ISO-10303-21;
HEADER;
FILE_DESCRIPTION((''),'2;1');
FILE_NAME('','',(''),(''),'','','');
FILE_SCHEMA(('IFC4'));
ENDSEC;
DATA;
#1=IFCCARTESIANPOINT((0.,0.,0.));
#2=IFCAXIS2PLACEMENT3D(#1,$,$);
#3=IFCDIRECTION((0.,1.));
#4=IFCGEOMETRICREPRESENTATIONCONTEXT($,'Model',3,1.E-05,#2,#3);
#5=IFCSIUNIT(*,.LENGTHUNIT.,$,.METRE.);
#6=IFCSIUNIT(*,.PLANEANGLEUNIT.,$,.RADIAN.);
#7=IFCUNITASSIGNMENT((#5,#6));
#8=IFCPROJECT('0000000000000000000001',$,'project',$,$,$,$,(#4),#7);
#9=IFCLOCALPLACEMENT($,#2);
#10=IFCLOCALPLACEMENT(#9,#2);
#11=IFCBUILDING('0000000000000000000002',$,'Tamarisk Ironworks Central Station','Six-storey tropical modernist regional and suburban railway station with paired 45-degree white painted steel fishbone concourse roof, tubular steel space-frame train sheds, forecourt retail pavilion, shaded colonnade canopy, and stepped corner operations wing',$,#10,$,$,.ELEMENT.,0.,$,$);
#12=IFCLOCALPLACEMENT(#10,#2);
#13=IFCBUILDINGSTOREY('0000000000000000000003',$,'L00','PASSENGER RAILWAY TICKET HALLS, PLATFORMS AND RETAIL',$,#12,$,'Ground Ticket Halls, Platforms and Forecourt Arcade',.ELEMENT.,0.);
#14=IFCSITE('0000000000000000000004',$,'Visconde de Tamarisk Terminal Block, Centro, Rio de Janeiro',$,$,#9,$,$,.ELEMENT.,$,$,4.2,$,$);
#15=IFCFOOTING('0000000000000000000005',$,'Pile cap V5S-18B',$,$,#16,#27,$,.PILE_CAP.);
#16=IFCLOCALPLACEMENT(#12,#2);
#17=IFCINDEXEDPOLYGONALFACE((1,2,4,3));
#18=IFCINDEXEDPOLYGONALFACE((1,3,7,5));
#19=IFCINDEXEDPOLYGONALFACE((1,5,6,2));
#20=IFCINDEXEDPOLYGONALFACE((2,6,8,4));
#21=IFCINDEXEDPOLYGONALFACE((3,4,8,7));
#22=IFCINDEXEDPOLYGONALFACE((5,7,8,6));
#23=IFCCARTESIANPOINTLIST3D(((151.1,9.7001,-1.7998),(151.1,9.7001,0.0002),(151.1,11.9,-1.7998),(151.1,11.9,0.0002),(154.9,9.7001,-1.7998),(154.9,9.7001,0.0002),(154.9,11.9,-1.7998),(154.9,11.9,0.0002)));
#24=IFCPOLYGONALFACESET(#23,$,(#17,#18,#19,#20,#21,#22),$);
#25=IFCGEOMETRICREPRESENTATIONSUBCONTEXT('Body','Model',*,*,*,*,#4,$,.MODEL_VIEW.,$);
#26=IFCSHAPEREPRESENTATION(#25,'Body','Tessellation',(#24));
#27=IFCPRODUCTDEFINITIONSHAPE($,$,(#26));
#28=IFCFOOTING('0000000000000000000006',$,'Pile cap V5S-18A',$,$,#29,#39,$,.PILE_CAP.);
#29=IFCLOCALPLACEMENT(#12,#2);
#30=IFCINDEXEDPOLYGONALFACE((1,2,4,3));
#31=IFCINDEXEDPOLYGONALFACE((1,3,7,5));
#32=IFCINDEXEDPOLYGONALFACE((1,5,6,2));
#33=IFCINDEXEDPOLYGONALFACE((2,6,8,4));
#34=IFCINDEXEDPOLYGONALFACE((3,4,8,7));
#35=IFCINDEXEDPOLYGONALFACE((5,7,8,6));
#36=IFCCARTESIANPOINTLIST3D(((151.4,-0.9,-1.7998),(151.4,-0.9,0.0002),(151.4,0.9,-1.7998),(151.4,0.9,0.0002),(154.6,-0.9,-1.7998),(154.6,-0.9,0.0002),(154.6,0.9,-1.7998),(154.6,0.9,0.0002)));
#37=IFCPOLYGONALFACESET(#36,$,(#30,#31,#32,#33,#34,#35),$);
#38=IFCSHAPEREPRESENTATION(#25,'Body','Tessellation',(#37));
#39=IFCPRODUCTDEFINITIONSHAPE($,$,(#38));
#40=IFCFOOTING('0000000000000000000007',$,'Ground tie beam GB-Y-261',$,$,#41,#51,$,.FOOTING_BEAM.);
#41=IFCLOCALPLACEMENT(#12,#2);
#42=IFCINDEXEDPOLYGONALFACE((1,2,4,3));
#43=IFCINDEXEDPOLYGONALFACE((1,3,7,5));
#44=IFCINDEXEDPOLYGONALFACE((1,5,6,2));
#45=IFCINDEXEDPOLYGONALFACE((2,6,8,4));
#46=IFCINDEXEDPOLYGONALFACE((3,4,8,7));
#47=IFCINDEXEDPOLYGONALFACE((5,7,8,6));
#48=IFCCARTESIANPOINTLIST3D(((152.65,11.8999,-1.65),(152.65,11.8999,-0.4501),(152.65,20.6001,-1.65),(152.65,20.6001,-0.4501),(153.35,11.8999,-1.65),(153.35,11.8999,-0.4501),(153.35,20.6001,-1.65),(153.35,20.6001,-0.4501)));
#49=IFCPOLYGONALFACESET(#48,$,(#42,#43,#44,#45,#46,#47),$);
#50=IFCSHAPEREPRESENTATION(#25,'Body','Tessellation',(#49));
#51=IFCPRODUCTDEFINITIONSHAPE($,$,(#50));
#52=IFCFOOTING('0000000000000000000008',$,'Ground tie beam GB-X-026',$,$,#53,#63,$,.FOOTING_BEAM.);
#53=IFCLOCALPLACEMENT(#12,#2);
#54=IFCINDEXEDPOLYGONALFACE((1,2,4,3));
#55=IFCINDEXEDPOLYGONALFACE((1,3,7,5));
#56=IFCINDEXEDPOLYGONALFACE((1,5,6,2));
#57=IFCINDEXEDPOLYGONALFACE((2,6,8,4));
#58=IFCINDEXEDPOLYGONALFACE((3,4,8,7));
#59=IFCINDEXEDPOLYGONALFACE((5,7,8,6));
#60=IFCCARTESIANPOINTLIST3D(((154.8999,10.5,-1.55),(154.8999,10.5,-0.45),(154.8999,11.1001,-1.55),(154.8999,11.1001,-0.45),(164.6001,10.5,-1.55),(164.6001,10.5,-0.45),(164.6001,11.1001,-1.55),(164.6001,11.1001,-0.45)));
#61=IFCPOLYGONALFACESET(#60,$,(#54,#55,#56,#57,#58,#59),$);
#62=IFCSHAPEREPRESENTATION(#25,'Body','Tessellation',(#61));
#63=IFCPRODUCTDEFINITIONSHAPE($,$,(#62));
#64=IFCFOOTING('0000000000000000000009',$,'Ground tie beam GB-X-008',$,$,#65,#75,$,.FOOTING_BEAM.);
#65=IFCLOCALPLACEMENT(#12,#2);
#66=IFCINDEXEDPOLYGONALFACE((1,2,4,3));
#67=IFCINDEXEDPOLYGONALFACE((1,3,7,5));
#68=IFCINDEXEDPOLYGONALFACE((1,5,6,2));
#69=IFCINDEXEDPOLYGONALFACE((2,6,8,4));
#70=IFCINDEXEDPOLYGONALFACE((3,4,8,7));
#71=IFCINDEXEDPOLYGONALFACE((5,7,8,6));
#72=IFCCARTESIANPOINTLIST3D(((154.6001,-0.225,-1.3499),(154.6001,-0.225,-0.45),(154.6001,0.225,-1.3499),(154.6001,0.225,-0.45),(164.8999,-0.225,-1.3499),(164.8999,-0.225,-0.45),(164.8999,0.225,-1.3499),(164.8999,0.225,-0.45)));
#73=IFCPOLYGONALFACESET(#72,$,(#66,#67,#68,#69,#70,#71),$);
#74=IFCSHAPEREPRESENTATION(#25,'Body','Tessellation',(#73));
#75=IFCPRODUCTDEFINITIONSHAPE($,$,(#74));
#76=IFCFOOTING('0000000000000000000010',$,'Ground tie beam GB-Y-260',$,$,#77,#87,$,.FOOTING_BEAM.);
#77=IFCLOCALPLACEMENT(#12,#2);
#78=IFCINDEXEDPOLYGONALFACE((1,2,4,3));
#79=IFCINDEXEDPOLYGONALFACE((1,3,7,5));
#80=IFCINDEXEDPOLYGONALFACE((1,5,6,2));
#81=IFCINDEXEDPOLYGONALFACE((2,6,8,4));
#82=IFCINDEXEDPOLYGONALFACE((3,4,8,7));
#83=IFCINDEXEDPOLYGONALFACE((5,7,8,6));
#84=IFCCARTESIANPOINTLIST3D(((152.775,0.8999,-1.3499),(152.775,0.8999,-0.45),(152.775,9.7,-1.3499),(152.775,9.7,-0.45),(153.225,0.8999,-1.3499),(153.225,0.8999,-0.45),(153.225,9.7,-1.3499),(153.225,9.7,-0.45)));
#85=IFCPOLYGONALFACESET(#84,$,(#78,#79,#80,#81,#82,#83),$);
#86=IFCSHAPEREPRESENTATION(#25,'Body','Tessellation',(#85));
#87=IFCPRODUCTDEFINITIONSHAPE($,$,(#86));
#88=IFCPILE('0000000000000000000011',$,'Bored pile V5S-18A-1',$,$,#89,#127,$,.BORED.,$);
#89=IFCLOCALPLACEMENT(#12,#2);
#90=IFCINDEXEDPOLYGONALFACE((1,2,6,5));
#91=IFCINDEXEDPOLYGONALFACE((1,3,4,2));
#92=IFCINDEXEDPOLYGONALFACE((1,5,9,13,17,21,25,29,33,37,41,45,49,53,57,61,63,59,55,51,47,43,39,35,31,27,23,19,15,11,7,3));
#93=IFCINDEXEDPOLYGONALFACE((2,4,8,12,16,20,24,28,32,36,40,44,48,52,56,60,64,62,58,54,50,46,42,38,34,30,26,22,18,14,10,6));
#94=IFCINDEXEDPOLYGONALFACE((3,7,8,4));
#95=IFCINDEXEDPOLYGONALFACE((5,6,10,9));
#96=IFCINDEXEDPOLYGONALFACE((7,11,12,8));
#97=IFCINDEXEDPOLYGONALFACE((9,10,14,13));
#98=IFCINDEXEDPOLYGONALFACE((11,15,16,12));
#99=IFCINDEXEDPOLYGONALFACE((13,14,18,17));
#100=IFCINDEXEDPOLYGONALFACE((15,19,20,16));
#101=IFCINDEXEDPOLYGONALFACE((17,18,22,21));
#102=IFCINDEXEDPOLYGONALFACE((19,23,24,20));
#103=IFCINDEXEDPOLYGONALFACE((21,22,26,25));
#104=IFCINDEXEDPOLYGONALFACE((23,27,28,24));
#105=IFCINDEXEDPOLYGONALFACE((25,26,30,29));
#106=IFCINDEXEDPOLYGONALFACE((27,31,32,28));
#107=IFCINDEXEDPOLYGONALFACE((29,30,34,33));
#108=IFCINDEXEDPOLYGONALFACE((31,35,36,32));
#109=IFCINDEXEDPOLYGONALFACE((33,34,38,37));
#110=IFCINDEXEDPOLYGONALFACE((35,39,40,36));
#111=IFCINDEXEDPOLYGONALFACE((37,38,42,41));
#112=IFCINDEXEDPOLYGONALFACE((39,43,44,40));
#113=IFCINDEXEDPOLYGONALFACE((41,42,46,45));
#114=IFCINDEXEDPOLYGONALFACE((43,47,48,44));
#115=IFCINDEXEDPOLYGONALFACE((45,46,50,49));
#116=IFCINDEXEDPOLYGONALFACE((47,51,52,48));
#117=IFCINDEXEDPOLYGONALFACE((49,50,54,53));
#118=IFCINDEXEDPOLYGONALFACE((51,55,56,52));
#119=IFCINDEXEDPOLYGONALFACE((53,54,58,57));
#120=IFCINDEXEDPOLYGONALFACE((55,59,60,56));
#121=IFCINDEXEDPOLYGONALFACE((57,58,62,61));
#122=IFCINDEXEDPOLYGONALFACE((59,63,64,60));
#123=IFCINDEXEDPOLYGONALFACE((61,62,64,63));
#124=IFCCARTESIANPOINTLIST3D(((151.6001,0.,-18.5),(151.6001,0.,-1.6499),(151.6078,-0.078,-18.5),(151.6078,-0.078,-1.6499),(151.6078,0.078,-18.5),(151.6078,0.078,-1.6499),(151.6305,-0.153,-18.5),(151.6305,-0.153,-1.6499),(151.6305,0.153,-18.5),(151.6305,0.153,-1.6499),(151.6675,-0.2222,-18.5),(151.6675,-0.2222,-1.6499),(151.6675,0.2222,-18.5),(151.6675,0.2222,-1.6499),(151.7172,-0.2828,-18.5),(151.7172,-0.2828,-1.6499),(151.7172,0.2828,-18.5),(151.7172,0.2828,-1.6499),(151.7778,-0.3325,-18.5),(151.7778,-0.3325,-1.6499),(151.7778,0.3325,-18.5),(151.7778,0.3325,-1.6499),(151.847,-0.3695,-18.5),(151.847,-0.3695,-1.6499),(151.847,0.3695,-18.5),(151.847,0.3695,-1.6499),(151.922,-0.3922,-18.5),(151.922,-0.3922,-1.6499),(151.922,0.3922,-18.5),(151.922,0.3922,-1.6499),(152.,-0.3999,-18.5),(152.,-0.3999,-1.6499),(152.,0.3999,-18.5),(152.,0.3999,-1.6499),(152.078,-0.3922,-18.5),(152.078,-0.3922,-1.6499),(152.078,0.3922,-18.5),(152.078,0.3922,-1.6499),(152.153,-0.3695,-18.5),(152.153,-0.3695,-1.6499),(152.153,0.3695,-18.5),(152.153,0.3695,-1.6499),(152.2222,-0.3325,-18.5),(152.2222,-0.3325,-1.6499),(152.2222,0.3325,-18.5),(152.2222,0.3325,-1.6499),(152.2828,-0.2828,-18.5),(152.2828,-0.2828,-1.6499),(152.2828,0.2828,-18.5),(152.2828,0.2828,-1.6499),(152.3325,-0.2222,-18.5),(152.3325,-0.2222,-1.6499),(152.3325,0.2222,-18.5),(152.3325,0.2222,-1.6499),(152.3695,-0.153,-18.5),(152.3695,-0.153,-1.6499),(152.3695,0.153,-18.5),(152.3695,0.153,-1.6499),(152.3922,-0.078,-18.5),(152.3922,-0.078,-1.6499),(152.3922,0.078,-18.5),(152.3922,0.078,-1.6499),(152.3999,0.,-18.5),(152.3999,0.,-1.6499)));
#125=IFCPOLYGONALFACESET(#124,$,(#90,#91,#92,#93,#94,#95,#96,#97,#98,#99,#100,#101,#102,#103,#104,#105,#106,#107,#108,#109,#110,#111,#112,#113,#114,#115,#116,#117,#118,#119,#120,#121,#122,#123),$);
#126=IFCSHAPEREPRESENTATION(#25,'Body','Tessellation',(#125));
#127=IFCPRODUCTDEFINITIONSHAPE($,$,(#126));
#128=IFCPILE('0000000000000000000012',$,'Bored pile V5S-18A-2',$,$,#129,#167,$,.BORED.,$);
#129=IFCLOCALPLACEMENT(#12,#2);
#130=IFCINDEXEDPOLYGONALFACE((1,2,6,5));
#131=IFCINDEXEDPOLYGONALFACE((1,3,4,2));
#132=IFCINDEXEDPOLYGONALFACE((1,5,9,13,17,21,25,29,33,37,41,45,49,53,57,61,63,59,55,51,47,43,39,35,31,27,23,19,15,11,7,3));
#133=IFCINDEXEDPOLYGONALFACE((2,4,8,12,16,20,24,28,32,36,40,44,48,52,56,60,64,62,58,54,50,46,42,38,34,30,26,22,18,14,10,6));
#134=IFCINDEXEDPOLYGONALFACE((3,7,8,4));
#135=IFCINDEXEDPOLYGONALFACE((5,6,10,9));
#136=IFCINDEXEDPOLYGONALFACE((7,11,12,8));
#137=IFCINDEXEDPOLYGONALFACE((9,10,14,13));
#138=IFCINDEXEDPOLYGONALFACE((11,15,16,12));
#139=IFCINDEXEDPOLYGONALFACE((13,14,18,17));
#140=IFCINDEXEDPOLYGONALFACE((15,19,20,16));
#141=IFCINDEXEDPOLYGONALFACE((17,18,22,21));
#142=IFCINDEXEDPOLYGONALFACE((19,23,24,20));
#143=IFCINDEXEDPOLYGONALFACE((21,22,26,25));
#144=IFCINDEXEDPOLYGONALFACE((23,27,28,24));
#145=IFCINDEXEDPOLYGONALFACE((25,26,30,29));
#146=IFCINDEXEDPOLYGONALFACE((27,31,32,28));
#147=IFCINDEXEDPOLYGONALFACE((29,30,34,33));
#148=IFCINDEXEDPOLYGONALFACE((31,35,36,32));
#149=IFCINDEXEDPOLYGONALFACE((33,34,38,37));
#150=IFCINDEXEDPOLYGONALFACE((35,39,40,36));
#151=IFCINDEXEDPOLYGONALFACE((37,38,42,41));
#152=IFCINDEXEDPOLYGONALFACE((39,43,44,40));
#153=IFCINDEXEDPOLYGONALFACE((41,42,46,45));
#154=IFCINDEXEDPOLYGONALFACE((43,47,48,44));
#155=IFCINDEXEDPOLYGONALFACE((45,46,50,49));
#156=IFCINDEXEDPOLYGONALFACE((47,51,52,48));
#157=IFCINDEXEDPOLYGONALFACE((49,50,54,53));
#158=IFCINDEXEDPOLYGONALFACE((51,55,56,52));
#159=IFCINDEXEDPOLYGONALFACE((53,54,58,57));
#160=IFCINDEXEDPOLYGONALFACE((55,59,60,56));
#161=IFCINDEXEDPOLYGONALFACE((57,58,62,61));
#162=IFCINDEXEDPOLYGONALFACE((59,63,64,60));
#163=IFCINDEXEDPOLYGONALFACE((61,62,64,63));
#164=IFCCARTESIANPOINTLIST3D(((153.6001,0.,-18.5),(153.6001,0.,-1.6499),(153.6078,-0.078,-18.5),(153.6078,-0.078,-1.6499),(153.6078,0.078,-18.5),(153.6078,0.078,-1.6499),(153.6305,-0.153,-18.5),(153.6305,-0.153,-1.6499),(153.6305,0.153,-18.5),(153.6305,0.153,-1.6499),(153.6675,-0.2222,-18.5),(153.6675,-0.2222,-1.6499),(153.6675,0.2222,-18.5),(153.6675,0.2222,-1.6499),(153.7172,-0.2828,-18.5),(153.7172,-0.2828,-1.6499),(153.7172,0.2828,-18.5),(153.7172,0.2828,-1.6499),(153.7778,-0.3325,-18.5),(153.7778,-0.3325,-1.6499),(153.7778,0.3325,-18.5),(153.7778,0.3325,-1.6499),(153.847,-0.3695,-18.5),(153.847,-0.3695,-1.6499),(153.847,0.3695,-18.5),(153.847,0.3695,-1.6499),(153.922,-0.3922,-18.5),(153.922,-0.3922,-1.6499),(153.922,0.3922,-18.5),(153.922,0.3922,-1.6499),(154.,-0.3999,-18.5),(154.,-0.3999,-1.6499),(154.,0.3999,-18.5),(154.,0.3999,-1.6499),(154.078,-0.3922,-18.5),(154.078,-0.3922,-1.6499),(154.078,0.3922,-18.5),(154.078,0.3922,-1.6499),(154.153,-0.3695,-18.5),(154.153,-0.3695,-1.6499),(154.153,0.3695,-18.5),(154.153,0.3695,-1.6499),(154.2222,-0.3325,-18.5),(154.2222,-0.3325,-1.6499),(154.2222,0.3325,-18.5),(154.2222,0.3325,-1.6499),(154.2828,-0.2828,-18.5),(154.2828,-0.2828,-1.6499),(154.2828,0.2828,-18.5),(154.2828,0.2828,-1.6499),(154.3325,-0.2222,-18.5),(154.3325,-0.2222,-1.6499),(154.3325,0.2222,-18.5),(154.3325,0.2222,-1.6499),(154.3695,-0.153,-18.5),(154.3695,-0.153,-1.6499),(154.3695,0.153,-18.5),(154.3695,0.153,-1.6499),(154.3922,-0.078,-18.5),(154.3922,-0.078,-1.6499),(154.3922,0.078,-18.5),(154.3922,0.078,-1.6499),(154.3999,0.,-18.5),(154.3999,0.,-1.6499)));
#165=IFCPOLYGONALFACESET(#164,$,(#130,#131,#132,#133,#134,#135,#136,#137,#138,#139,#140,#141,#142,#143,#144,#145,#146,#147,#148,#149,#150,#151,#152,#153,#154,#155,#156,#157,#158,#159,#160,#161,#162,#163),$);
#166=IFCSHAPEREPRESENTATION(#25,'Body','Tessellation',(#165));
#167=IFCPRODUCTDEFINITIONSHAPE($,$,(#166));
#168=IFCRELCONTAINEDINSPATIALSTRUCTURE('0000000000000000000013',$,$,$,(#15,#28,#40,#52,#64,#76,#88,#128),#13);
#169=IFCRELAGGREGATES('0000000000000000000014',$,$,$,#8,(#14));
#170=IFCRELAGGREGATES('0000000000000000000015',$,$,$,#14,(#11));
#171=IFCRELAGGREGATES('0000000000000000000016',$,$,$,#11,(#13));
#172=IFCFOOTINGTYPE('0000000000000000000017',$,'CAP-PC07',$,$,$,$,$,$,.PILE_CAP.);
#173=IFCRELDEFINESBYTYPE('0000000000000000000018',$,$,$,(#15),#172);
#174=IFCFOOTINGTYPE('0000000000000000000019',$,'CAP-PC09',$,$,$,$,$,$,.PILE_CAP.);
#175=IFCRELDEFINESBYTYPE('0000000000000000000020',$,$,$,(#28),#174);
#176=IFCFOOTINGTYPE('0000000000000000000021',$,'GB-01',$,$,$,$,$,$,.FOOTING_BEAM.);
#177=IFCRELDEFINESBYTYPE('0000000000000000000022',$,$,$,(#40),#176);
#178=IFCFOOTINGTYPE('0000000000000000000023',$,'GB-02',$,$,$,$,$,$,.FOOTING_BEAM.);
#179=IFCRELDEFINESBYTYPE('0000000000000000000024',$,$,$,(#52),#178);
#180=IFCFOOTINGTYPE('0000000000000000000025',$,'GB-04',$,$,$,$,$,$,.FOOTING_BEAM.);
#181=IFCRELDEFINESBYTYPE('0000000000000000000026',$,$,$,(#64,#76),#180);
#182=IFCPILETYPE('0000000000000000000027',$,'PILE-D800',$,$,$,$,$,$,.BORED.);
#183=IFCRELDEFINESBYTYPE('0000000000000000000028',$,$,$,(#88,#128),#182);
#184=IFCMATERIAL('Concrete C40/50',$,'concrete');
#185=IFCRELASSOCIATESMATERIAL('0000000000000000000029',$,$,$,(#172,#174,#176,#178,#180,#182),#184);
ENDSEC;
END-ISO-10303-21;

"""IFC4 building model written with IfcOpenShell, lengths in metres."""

from ifc_helpers import new_model, si_unit, direction, frame, origin, origin_2d, place, context, subcontext, project, spatial, rectangle, circle, extrude, material, material_profile, profile_set, type_object, element, save


model = new_model("IFC4")

# Units and contexts
model_context = context("Model", 3, precision=1e-05, world=origin(), true_north=direction((0.0, 1.0)))
body_context = subcontext(model_context, "Body", "Model", "MODEL_VIEW")
ifc_project = project(units=[si_unit("LENGTHUNIT", "METRE"), si_unit("PLANEANGLEUNIT", "RADIAN")], contexts=[model_context])

# Site, building, storey
site_placement = place(None, origin())
site = spatial("IfcSite", under=ifc_project, at=site_placement, Name="Visconde de Tamarisk Terminal Block, Centro, Rio de Janeiro", CompositionType="ELEMENT", RefElevation=4.2)
building_placement = place(site_placement, origin())
building = spatial("IfcBuilding", under=site, at=building_placement, Name="Tamarisk Ironworks Central Station", Description="Six-storey tropical modernist regional and suburban railway station with paired 45-degree white painted steel fishbone concourse roof, tubular steel space-frame train sheds, forecourt retail pavilion, shaded colonnade canopy, and stepped corner operations wing", CompositionType="ELEMENT", ElevationOfRefHeight=0.0)
storey_placement = place(building_placement, origin())
storey = spatial("IfcBuildingStorey", under=building, at=storey_placement, Name="L00", Description="PASSENGER RAILWAY TICKET HALLS, PLATFORMS AND RETAIL", LongName="Ground Ticket Halls, Platforms and Forecourt Arcade", CompositionType="ELEMENT", Elevation=0.0)

# Footings
ifc_material_1 = material(Name="Concrete C40/50", Category="concrete")
footing_type_1 = type_object("IfcFootingType", Name="CAP-PC07", PredefinedType="PILE_CAP", material=ifc_material_1)
footing_1_placement = place(storey_placement, frame((153.0, 10.8, -1.7998), z_axis=(0.0, 0.0, 1.0), x_axis=(1.0, 0.0, 0.0)))
element("IfcFooting", 1, at=footing_1_placement, inside=storey, type_object=footing_type_1, Name="Pile cap V5S-18B", PredefinedType="PILE_CAP", context=body_context, shape_type="SweptSolid", body=[
    extrude(rectangle(XDim=3.8, YDim=2.2, at=origin_2d()), origin(), (0.0, 0.0, 1.0), 1.8),
])
footing_type_2 = type_object("IfcFootingType", Name="CAP-PC09", PredefinedType="PILE_CAP", material=ifc_material_1)
footing_2_placement = place(storey_placement, frame((153.0, 0.0, -1.7998), z_axis=(0.0, 0.0, 1.0), x_axis=(1.0, 0.0, 0.0)))
element("IfcFooting", 2, at=footing_2_placement, inside=storey, type_object=footing_type_2, Name="Pile cap V5S-18A", PredefinedType="PILE_CAP", context=body_context, shape_type="SweptSolid", body=[
    extrude(rectangle(XDim=3.2, YDim=1.8, at=origin_2d()), origin(), (0.0, 0.0, 1.0), 1.8),
])
ifc_material_profile_1 = material_profile(ifc_material_1, rectangle(XDim=0.7, YDim=1.2, at=origin_2d()), Name="GB01 700x1200")
ifc_profile_set_1 = profile_set([ifc_material_profile_1], Name="Concrete C40/50")
footing_type_3 = type_object("IfcFootingType", Name="GB-01", PredefinedType="FOOTING_BEAM", material=ifc_profile_set_1)
footing_3_placement = place(storey_placement, frame((153.0, 11.8999, -1.05), z_axis=(0.0, 1.0, 0.0), x_axis=(-1.0, 0.0, 0.0)))
element("IfcFooting", 3, at=footing_3_placement, inside=storey, type_object=footing_type_3, Name="Ground tie beam GB-Y-261", PredefinedType="FOOTING_BEAM", context=body_context, shape_type="SweptSolid", body=[
    extrude(rectangle(XDim=0.7, YDim=1.2, at=origin_2d()), origin(), (0.0, 0.0, 1.0), 8.7002),
])
ifc_material_profile_2 = material_profile(ifc_material_1, rectangle(XDim=0.6001, YDim=1.1001, at=origin_2d()), Name="GB02 600x1100")
ifc_profile_set_2 = profile_set([ifc_material_profile_2], Name="Concrete C40/50")
footing_type_4 = type_object("IfcFootingType", Name="GB-02", PredefinedType="FOOTING_BEAM", material=ifc_profile_set_2)
footing_4_placement = place(storey_placement, frame((154.8999, 10.8, -1.0), z_axis=(1.0, 0.0, 0.0), x_axis=(0.0, 1.0, 0.0)))
element("IfcFooting", 4, at=footing_4_placement, inside=storey, type_object=footing_type_4, Name="Ground tie beam GB-X-026", PredefinedType="FOOTING_BEAM", context=body_context, shape_type="SweptSolid", body=[
    extrude(rectangle(XDim=0.6001, YDim=1.1001, at=origin_2d()), origin(), (0.0, 0.0, 1.0), 9.7002),
])
ifc_material_profile_3 = material_profile(ifc_material_1, rectangle(XDim=0.45, YDim=0.8999, at=origin_2d()), Name="GB04 450x900")
ifc_profile_set_3 = profile_set([ifc_material_profile_3], Name="Concrete C40/50")
footing_type_5 = type_object("IfcFootingType", Name="GB-04", PredefinedType="FOOTING_BEAM", material=ifc_profile_set_3)
footing_5_placement = place(storey_placement, frame((154.6001, 0.0, -0.8999), z_axis=(1.0, 0.0, 0.0), x_axis=(0.0, 1.0, 0.0)))
element("IfcFooting", 5, at=footing_5_placement, inside=storey, type_object=footing_type_5, Name="Ground tie beam GB-X-008", PredefinedType="FOOTING_BEAM", context=body_context, shape_type="SweptSolid", body=[
    extrude(rectangle(XDim=0.45, YDim=0.8999, at=origin_2d()), origin(), (0.0, 0.0, 1.0), 10.2998),
])
footing_6_placement = place(storey_placement, frame((153.0, 0.8999, -0.8999), z_axis=(0.0, 1.0, 0.0), x_axis=(-1.0, 0.0, 0.0)))
element("IfcFooting", 6, at=footing_6_placement, inside=storey, type_object=footing_type_5, Name="Ground tie beam GB-Y-260", PredefinedType="FOOTING_BEAM", context=body_context, shape_type="SweptSolid", body=[
    extrude(rectangle(XDim=0.45, YDim=0.8999, at=origin_2d()), origin(), (0.0, 0.0, 1.0), 8.8),
])

# Piles
ifc_material_profile_4 = material_profile(ifc_material_1, circle(Radius=0.3999, at=origin_2d()), Name="BORED PILE D800")
ifc_profile_set_4 = profile_set([ifc_material_profile_4], Name="Concrete C40/50")
pile_type_1 = type_object("IfcPileType", Name="PILE-D800", PredefinedType="BORED", material=ifc_profile_set_4)
for number, where, z_axis, x_axis, name in (
    (7, (152.0, 0.0, -1.6499), (0.0, 0.0, -1.0), (1.0, 0.0, 0.0), "Bored pile V5S-18A-1"),
    (8, (154.0, 0.0, -1.6499), (0.0, 0.0, -1.0), (1.0, 0.0, 0.0), "Bored pile V5S-18A-2"),
):
    element("IfcPile", number, at=place(storey_placement, frame(where, z_axis=z_axis, x_axis=x_axis)), inside=storey, type_object=pile_type_1, Name=name, PredefinedType="BORED", context=body_context, shape_type="SweptSolid", body=[
        extrude(circle(Radius=0.3999, at=origin_2d()), origin(), (0.0, 0.0, 1.0), 16.8501),
    ])

save(model, "model.ifc")
